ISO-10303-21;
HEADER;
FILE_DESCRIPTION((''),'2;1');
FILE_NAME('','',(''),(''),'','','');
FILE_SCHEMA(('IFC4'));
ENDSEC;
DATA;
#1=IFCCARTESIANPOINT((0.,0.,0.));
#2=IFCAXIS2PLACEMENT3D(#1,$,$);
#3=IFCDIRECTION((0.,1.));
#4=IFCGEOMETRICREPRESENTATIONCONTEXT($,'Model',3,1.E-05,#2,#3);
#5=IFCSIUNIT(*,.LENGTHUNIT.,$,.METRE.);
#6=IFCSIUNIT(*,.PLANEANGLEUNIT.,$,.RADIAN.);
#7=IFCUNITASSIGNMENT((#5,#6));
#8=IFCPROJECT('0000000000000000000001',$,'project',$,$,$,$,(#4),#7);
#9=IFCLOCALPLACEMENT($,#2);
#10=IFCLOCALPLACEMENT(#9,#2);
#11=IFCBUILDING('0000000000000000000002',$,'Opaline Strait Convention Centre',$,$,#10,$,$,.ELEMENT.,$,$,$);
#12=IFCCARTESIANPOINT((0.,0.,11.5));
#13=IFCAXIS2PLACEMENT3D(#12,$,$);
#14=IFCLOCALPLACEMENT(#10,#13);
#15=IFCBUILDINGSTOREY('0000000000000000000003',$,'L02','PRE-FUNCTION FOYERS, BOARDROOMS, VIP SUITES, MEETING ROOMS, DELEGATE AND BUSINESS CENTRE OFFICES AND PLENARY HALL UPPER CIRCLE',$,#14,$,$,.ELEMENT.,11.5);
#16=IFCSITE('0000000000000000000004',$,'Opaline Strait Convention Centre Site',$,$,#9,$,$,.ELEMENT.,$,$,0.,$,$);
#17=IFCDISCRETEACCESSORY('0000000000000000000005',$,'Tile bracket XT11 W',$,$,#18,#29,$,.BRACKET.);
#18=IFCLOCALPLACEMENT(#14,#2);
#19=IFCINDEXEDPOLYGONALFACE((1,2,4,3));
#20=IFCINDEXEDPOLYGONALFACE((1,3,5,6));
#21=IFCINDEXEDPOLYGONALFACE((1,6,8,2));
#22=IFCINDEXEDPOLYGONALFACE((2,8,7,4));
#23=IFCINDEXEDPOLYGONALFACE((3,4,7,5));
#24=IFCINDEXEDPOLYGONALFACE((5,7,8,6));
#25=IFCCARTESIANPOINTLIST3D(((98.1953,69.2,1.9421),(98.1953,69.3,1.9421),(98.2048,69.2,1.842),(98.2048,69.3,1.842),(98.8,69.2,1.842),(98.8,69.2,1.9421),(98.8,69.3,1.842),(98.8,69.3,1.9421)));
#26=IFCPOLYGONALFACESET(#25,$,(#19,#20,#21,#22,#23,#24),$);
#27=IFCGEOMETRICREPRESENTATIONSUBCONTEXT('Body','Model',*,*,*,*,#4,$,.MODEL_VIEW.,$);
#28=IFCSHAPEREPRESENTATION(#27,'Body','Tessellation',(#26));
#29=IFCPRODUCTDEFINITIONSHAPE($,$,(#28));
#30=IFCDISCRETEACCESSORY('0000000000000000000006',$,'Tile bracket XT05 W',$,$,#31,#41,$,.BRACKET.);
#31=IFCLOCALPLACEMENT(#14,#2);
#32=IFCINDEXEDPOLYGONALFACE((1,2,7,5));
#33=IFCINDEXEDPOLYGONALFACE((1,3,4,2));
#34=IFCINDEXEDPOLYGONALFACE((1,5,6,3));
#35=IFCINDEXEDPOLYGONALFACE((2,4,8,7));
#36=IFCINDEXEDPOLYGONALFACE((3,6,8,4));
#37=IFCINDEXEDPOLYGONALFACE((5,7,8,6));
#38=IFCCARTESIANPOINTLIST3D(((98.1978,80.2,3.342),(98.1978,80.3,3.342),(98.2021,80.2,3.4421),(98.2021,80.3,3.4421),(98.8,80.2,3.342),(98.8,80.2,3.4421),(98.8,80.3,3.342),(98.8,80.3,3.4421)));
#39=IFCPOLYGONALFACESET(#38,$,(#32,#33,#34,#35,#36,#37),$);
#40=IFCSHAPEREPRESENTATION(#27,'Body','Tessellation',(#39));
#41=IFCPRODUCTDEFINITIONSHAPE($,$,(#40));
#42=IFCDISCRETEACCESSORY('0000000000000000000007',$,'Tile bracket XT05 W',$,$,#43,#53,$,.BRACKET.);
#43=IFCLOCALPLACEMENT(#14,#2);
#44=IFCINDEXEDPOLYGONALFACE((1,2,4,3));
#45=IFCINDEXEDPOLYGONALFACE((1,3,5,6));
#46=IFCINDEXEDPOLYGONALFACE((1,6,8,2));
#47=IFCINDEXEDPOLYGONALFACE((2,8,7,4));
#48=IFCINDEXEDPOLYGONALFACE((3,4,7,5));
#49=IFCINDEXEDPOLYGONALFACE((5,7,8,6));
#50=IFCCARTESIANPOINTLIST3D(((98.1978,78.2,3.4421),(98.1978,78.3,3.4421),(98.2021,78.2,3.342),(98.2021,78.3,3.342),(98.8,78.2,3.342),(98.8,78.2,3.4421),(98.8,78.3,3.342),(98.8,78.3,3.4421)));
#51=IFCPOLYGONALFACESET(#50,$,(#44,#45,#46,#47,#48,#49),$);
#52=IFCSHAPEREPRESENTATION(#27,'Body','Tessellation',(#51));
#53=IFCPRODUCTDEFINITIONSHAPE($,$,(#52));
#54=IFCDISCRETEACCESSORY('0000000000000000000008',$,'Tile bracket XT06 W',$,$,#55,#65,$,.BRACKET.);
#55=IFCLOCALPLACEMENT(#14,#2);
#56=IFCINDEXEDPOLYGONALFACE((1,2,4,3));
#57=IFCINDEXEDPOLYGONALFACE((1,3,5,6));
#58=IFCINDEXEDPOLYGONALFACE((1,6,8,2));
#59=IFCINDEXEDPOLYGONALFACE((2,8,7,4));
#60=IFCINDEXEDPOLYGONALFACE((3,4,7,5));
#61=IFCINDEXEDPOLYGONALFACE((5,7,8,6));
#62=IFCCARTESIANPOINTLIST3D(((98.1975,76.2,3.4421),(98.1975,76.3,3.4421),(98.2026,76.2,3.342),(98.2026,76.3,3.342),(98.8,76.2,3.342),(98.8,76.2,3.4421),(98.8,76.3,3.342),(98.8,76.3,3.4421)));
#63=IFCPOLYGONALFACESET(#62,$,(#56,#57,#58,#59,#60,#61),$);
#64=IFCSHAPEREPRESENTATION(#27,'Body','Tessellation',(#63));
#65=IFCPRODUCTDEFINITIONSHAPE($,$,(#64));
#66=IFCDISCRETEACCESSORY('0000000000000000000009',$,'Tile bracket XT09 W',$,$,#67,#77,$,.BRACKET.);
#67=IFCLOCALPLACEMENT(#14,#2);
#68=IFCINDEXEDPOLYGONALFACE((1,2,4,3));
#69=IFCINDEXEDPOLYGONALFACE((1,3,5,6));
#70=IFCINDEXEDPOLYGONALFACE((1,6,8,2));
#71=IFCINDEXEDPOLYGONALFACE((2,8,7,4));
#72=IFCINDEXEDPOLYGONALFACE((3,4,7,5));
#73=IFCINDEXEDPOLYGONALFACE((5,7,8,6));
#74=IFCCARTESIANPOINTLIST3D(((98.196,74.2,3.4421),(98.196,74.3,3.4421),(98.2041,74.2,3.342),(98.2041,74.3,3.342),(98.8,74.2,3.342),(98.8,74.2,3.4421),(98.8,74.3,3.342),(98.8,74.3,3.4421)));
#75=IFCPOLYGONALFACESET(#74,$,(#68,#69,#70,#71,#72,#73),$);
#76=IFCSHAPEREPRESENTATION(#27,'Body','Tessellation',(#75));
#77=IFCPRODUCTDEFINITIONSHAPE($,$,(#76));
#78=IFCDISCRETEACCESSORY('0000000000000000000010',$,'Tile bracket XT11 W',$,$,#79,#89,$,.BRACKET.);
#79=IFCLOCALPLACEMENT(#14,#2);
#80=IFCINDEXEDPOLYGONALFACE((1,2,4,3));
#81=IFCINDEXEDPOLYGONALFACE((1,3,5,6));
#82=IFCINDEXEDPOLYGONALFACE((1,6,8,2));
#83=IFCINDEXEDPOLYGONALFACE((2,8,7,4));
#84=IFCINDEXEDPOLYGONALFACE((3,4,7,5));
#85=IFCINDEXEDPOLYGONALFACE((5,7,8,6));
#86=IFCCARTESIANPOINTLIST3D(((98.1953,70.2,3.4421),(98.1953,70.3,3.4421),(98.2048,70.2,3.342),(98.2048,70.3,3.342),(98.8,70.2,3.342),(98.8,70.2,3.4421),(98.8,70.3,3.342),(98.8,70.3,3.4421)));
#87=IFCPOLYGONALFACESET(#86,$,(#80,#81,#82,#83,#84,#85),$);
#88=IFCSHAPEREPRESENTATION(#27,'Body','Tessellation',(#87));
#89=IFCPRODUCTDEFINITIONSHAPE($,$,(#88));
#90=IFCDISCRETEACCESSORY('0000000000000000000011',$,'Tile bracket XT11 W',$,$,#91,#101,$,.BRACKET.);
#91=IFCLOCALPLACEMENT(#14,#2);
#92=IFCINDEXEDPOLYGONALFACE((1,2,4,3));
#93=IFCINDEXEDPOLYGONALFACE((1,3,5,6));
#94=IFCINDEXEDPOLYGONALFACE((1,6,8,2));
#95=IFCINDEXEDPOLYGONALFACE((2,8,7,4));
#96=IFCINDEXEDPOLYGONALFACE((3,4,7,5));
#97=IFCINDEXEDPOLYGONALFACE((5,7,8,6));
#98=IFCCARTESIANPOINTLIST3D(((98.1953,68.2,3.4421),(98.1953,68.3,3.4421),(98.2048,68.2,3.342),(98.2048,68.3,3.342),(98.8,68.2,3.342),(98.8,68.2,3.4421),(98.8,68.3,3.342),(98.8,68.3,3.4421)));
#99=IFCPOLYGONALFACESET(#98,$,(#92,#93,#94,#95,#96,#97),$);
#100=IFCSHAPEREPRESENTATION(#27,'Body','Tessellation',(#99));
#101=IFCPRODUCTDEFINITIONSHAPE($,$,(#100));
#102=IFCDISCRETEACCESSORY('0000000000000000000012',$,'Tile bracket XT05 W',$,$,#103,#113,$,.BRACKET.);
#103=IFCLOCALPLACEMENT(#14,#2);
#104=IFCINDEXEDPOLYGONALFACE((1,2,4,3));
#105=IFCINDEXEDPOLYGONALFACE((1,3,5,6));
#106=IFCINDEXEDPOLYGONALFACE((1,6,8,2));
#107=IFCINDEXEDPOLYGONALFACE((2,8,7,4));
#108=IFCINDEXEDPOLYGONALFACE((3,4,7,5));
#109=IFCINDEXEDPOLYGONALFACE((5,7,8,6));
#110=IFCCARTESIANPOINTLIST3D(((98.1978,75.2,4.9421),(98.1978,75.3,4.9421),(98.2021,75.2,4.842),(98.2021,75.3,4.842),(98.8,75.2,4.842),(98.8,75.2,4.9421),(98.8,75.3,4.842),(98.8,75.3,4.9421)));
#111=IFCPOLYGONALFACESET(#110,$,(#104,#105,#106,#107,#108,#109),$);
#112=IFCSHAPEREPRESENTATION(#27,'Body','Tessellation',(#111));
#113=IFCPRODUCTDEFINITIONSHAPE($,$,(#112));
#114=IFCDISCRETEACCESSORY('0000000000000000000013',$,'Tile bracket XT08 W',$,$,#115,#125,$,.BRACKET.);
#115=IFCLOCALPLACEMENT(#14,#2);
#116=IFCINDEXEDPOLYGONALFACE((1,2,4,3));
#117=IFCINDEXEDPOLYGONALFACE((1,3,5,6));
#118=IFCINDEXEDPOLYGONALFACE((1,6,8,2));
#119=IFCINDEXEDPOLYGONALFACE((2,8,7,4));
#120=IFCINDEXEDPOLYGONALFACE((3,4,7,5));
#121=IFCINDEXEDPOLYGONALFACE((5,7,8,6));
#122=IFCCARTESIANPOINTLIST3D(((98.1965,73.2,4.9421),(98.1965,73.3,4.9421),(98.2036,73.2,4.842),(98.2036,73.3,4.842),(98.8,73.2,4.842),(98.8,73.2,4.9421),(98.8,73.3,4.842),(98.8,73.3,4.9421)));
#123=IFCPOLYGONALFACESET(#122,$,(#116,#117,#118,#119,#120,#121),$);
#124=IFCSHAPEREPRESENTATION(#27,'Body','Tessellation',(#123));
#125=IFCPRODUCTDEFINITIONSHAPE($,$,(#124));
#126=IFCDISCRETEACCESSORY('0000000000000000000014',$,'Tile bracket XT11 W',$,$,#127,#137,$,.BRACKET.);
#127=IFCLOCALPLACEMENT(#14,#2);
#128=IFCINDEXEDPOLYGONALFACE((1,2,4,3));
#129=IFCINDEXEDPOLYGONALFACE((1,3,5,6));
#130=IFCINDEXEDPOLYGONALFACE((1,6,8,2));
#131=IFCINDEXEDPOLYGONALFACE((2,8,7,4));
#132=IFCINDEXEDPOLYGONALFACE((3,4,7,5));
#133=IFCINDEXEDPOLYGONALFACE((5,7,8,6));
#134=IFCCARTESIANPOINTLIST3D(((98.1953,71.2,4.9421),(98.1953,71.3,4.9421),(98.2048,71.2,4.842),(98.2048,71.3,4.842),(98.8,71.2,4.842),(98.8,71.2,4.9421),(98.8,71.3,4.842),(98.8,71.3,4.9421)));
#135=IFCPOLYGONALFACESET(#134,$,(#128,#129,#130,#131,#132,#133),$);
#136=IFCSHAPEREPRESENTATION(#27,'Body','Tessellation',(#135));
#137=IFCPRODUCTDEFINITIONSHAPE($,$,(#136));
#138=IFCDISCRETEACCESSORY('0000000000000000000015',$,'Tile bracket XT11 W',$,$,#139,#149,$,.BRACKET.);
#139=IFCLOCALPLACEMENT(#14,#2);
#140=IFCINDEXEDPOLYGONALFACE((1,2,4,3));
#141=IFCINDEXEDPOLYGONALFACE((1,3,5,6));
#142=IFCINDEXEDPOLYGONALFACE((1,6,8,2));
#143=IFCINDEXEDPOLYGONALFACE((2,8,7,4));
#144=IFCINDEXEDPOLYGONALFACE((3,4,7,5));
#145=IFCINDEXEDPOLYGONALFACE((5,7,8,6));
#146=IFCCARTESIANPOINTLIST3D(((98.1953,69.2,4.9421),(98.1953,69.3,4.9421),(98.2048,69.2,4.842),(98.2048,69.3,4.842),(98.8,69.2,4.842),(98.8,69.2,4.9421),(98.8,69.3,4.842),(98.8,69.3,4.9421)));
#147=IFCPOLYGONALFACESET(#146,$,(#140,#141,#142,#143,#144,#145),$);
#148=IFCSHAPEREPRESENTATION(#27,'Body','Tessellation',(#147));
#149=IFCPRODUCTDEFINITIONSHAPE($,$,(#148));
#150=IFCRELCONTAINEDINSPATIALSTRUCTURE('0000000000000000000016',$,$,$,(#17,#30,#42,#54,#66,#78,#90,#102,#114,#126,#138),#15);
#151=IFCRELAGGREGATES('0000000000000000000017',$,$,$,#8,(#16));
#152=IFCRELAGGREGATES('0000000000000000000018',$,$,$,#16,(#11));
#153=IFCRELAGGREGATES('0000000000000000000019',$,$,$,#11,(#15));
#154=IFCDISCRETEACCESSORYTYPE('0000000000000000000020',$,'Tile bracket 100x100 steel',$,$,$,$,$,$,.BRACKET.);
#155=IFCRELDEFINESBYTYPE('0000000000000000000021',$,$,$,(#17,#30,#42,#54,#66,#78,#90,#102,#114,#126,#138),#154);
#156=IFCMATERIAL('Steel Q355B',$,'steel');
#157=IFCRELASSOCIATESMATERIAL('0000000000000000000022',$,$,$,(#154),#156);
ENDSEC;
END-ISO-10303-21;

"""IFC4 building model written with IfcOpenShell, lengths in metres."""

from ifc_helpers import new_model, si_unit, direction, frame, origin, place, context, subcontext, project, spatial, polyline, outline, extrude, material, type_object, element, save


model = new_model("IFC4")

# Units and contexts
model_context = context("Model", 3, precision=1e-05, world=origin(), true_north=direction((0.0, 1.0)))
body_context = subcontext(model_context, "Body", "Model", "MODEL_VIEW")
ifc_project = project(units=[si_unit("LENGTHUNIT", "METRE"), si_unit("PLANEANGLEUNIT", "RADIAN")], contexts=[model_context])

# Site, building, storey
site_placement = place(None, origin())
site = spatial("IfcSite", under=ifc_project, at=site_placement, Name="Opaline Strait Convention Centre Site", CompositionType="ELEMENT", RefElevation=0.0)
building_placement = place(site_placement, origin())
building = spatial("IfcBuilding", under=site, at=building_placement, Name="Opaline Strait Convention Centre", CompositionType="ELEMENT")
storey_placement = place(building_placement, frame((0.0, 0.0, 11.5)))
storey = spatial("IfcBuildingStorey", under=building, at=storey_placement, Name="L02", Description="PRE-FUNCTION FOYERS, BOARDROOMS, VIP SUITES, MEETING ROOMS, DELEGATE AND BUSINESS CENTRE OFFICES AND PLENARY HALL UPPER CIRCLE", CompositionType="ELEMENT", Elevation=11.5)

# Shared definitions
ifc_material_1 = material(Name="Steel Q355B", Category="steel")

# Discrete accessories
discrete_accessory_type = type_object("IfcDiscreteAccessoryType", Name="Tile bracket 100x100 steel", PredefinedType="BRACKET", material=ifc_material_1)
discrete_accessory_1_placement = place(storey_placement, frame((98.8, 69.3, 1.8921), z_axis=(0.0, -1.0, 0.0), x_axis=(1.0, 0.0, 0.0)))
element("IfcDiscreteAccessory", 1, at=discrete_accessory_1_placement, inside=storey, type_object=discrete_accessory_type, Name="Tile bracket XT11 W", PredefinedType="BRACKET", context=body_context, shape_type="SweptSolid", body=[
    extrude(outline(polyline([(0.0, -0.05), (0.0, 0.05), (-0.6047, 0.05), (-0.5952, -0.05), (0.0, -0.05)])), origin(), (0.0, 0.0, 1.0), 0.1001),
])
discrete_accessory_2_placement = place(storey_placement, frame((98.8, 80.3, 3.3921), z_axis=(0.0, -1.0, 0.0), x_axis=(1.0, 0.0, 0.0)))
element("IfcDiscreteAccessory", 2, at=discrete_accessory_2_placement, inside=storey, type_object=discrete_accessory_type, Name="Tile bracket XT05 W", PredefinedType="BRACKET", context=body_context, shape_type="SweptSolid", body=[
    extrude(outline(polyline([(0.0, -0.05), (0.0, 0.05), (-0.5979, 0.05), (-0.6023, -0.05), (0.0, -0.05)])), origin(), (0.0, 0.0, 1.0), 0.1001),
])
discrete_accessory_3_placement = place(storey_placement, frame((98.8, 78.3, 3.3921), z_axis=(0.0, -1.0, 0.0), x_axis=(1.0, 0.0, 0.0)))
element("IfcDiscreteAccessory", 3, at=discrete_accessory_3_placement, inside=storey, type_object=discrete_accessory_type, Name="Tile bracket XT05 W", PredefinedType="BRACKET", context=body_context, shape_type="SweptSolid", body=[
    extrude(outline(polyline([(0.0, -0.05), (0.0, 0.05), (-0.6023, 0.05), (-0.5979, -0.05), (0.0, -0.05)])), origin(), (0.0, 0.0, 1.0), 0.1001),
])
discrete_accessory_4_placement = place(storey_placement, frame((98.8, 76.3, 3.3921), z_axis=(0.0, -1.0, 0.0), x_axis=(1.0, 0.0, 0.0)))
element("IfcDiscreteAccessory", 4, at=discrete_accessory_4_placement, inside=storey, type_object=discrete_accessory_type, Name="Tile bracket XT06 W", PredefinedType="BRACKET", context=body_context, shape_type="SweptSolid", body=[
    extrude(outline(polyline([(0.0, -0.05), (0.0, 0.05), (-0.6025, 0.05), (-0.5974, -0.05), (0.0, -0.05)])), origin(), (0.0, 0.0, 1.0), 0.1001),
])
discrete_accessory_5_placement = place(storey_placement, frame((98.8, 74.3, 3.3921), z_axis=(0.0, -1.0, 0.0), x_axis=(1.0, 0.0, 0.0)))
element("IfcDiscreteAccessory", 5, at=discrete_accessory_5_placement, inside=storey, type_object=discrete_accessory_type, Name="Tile bracket XT09 W", PredefinedType="BRACKET", context=body_context, shape_type="SweptSolid", body=[
    extrude(outline(polyline([(0.0, -0.05), (0.0, 0.05), (-0.604, 0.05), (-0.5959, -0.05), (0.0, -0.05)])), origin(), (0.0, 0.0, 1.0), 0.1001),
])
for number, where, z_axis, x_axis, name in (
    (6, (98.8, 70.3, 3.3921), (0.0, -1.0, 0.0), (1.0, 0.0, 0.0), "Tile bracket XT11 W"),
    (7, (98.8, 68.3, 3.3921), (0.0, -1.0, 0.0), (1.0, 0.0, 0.0), "Tile bracket XT11 W"),
):
    element("IfcDiscreteAccessory", number, at=place(storey_placement, frame(where, z_axis=z_axis, x_axis=x_axis)), inside=storey, type_object=discrete_accessory_type, Name=name, PredefinedType="BRACKET", context=body_context, shape_type="SweptSolid", body=[
        extrude(outline(polyline([(0.0, -0.05), (0.0, 0.05), (-0.6047, 0.05), (-0.5952, -0.05), (0.0, -0.05)])), origin(), (0.0, 0.0, 1.0), 0.1001),
    ])
discrete_accessory_6_placement = place(storey_placement, frame((98.8, 75.3, 4.8921), z_axis=(0.0, -1.0, 0.0), x_axis=(1.0, 0.0, 0.0)))
element("IfcDiscreteAccessory", 8, at=discrete_accessory_6_placement, inside=storey, type_object=discrete_accessory_type, Name="Tile bracket XT05 W", PredefinedType="BRACKET", context=body_context, shape_type="SweptSolid", body=[
    extrude(outline(polyline([(0.0, -0.05), (0.0, 0.05), (-0.6023, 0.05), (-0.5979, -0.05), (0.0, -0.05)])), origin(), (0.0, 0.0, 1.0), 0.1001),
])
discrete_accessory_7_placement = place(storey_placement, frame((98.8, 73.3, 4.8921), z_axis=(0.0, -1.0, 0.0), x_axis=(1.0, 0.0, 0.0)))
element("IfcDiscreteAccessory", 9, at=discrete_accessory_7_placement, inside=storey, type_object=discrete_accessory_type, Name="Tile bracket XT08 W", PredefinedType="BRACKET", context=body_context, shape_type="SweptSolid", body=[
    extrude(outline(polyline([(0.0, -0.05), (0.0, 0.05), (-0.6035, 0.05), (-0.5964, -0.05), (0.0, -0.05)])), origin(), (0.0, 0.0, 1.0), 0.1001),
])
for number, where, z_axis, x_axis, name in (
    (10, (98.8, 71.3, 4.8921), (0.0, -1.0, 0.0), (1.0, 0.0, 0.0), "Tile bracket XT11 W"),
    (11, (98.8, 69.3, 4.8921), (0.0, -1.0, 0.0), (1.0, 0.0, 0.0), "Tile bracket XT11 W"),
):
    element("IfcDiscreteAccessory", number, at=place(storey_placement, frame(where, z_axis=z_axis, x_axis=x_axis)), inside=storey, type_object=discrete_accessory_type, Name=name, PredefinedType="BRACKET", context=body_context, shape_type="SweptSolid", body=[
        extrude(outline(polyline([(0.0, -0.05), (0.0, 0.05), (-0.6047, 0.05), (-0.5952, -0.05), (0.0, -0.05)])), origin(), (0.0, 0.0, 1.0), 0.1001),
    ])

save(model, "model.ifc")
